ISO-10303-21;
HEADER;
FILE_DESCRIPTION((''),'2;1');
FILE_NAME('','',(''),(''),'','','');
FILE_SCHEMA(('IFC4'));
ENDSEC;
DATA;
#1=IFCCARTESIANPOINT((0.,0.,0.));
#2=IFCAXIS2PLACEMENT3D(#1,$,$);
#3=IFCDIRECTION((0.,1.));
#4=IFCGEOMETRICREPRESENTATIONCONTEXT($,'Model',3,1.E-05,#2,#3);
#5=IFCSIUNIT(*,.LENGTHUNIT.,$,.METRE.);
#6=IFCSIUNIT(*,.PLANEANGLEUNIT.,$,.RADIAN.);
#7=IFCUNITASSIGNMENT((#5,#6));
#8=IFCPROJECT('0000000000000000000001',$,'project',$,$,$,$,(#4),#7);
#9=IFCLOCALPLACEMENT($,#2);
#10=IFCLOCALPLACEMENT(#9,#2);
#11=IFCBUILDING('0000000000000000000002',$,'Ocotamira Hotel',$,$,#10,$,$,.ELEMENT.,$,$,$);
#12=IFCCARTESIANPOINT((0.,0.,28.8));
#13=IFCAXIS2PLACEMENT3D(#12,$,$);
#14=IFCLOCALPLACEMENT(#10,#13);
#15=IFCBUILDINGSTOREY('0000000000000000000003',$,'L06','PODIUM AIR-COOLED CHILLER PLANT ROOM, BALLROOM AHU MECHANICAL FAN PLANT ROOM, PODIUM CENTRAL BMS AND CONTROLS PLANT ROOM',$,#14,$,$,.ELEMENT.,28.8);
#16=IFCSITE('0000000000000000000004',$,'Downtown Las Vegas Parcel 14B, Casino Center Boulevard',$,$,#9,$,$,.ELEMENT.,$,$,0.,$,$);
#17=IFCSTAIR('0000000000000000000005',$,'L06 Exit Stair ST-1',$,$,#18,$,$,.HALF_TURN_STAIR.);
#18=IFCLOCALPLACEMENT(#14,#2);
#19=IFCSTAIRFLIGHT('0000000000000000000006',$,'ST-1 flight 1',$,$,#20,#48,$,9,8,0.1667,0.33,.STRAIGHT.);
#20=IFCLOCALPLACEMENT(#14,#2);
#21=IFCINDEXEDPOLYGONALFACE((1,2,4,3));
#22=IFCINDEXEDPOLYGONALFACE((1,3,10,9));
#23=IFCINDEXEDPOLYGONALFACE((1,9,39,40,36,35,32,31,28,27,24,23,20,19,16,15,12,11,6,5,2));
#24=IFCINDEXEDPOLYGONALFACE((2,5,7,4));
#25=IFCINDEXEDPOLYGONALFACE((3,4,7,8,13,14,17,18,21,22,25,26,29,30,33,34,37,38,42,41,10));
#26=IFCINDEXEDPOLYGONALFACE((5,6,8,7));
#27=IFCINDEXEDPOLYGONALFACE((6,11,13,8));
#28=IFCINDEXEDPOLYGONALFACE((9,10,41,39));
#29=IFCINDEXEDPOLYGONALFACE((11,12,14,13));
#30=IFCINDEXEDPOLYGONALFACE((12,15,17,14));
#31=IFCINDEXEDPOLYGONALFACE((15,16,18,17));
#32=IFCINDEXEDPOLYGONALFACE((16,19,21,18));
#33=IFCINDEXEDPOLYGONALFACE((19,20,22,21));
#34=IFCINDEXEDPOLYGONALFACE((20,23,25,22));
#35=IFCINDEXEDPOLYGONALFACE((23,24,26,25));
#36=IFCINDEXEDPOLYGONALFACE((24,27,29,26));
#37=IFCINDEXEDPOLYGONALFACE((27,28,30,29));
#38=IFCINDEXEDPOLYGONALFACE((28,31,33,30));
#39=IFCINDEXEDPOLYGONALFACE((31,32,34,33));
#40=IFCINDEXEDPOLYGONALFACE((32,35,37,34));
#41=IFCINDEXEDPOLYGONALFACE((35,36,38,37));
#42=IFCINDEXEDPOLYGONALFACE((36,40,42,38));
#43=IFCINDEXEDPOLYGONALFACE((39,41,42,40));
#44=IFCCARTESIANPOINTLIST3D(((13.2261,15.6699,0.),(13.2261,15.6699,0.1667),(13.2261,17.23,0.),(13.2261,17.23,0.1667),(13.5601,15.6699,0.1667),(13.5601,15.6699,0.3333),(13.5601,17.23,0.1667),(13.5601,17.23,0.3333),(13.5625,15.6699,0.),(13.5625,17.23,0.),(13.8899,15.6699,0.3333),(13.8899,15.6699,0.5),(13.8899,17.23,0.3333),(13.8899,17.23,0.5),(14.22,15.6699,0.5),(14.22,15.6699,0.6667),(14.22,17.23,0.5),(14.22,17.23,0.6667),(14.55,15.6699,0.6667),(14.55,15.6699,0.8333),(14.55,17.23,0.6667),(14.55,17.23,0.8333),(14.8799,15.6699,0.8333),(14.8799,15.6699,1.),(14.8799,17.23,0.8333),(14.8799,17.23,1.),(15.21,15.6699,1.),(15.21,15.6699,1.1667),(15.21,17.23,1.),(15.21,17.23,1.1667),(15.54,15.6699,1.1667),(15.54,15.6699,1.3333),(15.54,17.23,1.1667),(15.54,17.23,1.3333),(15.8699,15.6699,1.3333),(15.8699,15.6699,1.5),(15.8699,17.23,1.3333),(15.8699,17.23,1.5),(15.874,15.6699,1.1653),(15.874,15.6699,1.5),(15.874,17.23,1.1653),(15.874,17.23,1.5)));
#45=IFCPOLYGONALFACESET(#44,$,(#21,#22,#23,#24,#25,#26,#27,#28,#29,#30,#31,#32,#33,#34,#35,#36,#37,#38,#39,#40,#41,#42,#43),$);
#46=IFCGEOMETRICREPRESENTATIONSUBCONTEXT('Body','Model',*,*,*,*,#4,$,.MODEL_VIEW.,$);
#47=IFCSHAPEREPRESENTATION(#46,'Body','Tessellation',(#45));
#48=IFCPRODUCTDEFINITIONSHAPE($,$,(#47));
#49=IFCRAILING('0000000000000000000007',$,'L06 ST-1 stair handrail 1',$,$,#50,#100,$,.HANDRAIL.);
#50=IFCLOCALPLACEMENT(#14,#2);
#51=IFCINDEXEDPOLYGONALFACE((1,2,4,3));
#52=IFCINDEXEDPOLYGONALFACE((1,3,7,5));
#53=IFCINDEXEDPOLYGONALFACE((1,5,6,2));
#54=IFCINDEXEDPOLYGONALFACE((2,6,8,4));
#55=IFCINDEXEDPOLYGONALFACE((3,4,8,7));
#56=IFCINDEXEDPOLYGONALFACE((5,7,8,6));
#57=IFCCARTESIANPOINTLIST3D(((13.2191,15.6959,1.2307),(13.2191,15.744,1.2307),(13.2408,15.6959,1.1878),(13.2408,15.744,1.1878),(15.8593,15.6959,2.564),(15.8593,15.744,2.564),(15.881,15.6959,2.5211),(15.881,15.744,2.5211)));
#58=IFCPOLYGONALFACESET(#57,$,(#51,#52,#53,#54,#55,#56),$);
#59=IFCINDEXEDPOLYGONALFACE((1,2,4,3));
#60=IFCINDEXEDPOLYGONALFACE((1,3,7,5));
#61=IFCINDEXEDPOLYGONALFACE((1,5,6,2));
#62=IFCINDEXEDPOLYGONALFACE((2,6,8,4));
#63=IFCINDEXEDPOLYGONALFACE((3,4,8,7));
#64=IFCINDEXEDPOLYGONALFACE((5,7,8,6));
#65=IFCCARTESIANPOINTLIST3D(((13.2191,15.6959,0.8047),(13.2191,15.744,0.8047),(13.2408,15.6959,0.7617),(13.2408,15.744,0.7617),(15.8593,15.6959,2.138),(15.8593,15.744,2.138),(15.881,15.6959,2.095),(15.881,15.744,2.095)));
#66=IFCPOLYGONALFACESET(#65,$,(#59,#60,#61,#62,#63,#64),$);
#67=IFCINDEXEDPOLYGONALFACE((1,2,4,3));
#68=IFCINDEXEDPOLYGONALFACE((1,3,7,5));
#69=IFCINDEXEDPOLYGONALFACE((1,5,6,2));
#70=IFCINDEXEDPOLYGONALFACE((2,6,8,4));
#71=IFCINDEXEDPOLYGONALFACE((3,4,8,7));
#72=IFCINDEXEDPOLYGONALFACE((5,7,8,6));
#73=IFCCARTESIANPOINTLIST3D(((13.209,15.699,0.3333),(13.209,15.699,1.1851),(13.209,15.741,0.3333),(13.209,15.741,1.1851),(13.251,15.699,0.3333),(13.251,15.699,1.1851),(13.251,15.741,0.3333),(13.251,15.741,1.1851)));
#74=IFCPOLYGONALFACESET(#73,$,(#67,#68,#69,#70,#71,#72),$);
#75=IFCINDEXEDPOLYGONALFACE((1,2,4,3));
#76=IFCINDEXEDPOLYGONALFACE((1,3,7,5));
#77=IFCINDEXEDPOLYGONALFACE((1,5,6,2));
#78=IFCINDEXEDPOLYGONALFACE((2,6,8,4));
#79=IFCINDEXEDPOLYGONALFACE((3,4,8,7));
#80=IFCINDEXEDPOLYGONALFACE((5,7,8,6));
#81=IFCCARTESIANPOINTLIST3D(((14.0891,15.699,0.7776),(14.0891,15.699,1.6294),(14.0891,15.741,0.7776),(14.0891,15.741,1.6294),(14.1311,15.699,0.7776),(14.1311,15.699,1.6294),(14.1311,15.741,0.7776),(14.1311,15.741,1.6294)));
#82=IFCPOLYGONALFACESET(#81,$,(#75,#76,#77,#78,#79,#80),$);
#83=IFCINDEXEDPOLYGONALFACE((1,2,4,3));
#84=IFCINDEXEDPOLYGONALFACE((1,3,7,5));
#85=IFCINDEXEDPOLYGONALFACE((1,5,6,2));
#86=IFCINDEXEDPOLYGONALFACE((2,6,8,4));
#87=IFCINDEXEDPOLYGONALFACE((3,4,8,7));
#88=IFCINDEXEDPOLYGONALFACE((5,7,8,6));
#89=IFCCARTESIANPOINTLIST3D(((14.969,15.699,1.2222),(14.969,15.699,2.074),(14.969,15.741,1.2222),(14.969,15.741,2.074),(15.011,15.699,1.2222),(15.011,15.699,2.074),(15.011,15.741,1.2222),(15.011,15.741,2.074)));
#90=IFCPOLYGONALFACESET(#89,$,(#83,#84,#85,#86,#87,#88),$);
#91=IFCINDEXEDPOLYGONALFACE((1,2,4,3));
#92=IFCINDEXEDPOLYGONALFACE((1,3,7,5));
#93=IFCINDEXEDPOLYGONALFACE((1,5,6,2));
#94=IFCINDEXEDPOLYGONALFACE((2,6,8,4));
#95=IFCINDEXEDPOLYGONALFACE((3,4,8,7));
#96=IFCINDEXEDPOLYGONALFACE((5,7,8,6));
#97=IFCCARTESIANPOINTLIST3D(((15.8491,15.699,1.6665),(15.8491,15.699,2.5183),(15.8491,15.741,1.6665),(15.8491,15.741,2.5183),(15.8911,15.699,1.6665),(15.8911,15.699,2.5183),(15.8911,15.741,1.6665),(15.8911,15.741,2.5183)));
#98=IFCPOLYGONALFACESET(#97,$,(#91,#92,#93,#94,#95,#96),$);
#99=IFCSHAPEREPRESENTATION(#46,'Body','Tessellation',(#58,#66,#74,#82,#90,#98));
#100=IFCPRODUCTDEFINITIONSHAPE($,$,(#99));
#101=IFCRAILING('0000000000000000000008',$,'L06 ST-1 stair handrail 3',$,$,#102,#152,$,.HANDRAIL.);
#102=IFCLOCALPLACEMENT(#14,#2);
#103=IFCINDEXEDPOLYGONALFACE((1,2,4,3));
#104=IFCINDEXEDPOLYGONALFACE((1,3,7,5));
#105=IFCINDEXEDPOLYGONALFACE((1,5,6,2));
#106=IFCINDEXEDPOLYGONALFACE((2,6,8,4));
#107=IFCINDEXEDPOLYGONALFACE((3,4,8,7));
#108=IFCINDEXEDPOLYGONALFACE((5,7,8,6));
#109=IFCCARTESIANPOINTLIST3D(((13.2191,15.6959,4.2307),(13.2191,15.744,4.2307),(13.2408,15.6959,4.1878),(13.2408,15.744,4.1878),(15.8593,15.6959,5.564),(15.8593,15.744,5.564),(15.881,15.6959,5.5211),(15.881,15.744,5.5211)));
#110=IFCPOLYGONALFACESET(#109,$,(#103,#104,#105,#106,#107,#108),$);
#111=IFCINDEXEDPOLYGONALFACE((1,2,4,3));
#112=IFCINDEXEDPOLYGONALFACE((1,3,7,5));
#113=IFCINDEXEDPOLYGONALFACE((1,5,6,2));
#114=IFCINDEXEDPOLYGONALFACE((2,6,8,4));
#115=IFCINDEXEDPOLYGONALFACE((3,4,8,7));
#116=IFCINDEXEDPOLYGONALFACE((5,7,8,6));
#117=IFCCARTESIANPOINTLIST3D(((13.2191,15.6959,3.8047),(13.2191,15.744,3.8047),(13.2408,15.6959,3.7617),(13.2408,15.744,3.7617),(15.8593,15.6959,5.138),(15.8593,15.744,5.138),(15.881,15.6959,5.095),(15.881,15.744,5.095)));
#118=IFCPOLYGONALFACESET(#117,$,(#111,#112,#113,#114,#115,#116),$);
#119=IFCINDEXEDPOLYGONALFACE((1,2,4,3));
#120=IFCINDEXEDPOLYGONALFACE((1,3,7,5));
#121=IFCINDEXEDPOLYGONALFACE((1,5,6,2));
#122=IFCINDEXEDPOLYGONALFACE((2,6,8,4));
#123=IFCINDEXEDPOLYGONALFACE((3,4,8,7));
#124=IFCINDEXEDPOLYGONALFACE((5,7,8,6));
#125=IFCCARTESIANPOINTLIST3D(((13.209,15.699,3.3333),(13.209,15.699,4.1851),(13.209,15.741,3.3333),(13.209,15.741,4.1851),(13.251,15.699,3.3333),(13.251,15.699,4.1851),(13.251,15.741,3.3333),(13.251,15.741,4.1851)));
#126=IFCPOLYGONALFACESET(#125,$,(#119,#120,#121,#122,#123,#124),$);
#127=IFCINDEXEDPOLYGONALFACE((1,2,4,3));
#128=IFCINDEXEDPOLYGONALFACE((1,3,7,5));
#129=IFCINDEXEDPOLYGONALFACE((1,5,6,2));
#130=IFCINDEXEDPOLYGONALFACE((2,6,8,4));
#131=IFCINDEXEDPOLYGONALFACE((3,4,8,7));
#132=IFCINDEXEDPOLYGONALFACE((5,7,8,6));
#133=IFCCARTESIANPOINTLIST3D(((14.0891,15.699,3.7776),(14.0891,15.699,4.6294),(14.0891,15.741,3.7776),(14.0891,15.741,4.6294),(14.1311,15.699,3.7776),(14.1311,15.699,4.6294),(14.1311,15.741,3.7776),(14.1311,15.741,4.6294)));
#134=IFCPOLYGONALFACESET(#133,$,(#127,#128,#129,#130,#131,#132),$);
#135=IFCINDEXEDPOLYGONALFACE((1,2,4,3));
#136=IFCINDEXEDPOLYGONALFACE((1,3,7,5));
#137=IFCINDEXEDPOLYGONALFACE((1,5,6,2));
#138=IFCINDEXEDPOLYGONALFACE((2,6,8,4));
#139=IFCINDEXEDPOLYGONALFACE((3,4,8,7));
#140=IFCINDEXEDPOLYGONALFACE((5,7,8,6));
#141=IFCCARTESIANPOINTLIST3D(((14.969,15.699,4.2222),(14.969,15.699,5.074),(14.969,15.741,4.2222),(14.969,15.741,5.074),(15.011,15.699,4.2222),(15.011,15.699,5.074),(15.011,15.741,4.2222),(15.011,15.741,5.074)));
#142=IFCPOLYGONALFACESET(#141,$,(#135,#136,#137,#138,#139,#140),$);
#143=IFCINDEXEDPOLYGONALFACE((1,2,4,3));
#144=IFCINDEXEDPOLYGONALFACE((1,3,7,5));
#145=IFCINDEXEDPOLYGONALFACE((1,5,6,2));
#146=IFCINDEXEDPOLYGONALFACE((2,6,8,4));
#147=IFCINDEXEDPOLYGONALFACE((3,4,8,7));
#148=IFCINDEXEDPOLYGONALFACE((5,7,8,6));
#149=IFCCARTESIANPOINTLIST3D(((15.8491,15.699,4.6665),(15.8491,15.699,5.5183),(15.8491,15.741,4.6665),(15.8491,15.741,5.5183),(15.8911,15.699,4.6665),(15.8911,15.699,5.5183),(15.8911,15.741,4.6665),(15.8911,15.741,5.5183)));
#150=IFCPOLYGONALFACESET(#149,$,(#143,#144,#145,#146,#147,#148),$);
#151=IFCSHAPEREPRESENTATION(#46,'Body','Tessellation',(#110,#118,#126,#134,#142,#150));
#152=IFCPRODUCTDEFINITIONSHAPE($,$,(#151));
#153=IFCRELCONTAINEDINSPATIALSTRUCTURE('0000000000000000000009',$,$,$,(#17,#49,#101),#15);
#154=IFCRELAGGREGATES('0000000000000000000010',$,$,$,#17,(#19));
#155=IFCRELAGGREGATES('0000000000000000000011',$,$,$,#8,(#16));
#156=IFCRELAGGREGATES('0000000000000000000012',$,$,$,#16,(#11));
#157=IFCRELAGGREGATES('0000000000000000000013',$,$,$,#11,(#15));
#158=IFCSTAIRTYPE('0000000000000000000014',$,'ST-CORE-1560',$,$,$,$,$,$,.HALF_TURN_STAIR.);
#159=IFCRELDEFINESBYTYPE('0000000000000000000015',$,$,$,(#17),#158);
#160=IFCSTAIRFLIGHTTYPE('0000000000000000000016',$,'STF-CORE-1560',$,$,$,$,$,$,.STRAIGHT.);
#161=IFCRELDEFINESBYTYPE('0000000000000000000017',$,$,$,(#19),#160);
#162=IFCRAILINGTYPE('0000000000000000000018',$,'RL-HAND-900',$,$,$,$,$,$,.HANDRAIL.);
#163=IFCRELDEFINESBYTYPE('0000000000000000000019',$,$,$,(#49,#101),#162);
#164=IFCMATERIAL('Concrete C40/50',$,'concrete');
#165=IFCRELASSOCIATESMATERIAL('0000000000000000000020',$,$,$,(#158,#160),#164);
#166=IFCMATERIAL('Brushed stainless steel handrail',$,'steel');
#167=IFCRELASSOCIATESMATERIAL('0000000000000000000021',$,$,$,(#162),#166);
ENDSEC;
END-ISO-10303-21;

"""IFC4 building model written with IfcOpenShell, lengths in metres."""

from ifc_helpers import new_model, si_unit, direction, frame, origin, origin_2d, place, context, subcontext, project, spatial, polyline, rectangle, outline, extrude, source, transform, mapped, material, type_object, element, aggregate, save


model = new_model("IFC4")

# Units and contexts
model_context = context("Model", 3, precision=1e-05, world=origin(), true_north=direction((0.0, 1.0)))
body_context = subcontext(model_context, "Body", "Model", "MODEL_VIEW")
ifc_project = project(units=[si_unit("LENGTHUNIT", "METRE"), si_unit("PLANEANGLEUNIT", "RADIAN")], contexts=[model_context])

# Site, building, storey
site_placement = place(None, origin())
site = spatial("IfcSite", under=ifc_project, at=site_placement, Name="Downtown Las Vegas Parcel 14B, Casino Center Boulevard", CompositionType="ELEMENT", RefElevation=0.0)
building_placement = place(site_placement, origin())
building = spatial("IfcBuilding", under=site, at=building_placement, Name="Ocotamira Hotel", CompositionType="ELEMENT")
storey_placement = place(building_placement, frame((0.0, 0.0, 28.8)))
storey = spatial("IfcBuildingStorey", under=building, at=storey_placement, Name="L06", Description="PODIUM AIR-COOLED CHILLER PLANT ROOM, BALLROOM AHU MECHANICAL FAN PLANT ROOM, PODIUM CENTRAL BMS AND CONTROLS PLANT ROOM", CompositionType="ELEMENT", Elevation=28.8)

# Stair, stair flight
ifc_material_1 = material(Name="Concrete C40/50", Category="concrete")
stair_type = type_object("IfcStairType", Name="ST-CORE-1560", PredefinedType="HALF_TURN_STAIR", material=ifc_material_1)
stair_placement = place(storey_placement, origin())
stair = element("IfcStair", 1, at=stair_placement, inside=storey, type_object=stair_type, Name="L06 Exit Stair ST-1", PredefinedType="HALF_TURN_STAIR")
stair_flight_type = type_object("IfcStairFlightType", Name="STF-CORE-1560", PredefinedType="STRAIGHT", material=ifc_material_1)
shared_shape_1 = source(origin(), body_context, "Body", "SweptSolid", [
    extrude(outline(polyline([(-0.0039, 0.0), (-0.0039, 0.1667), (0.3301, 0.1667), (0.3301, 0.3333), (0.6599, 0.3333), (0.6599, 0.5), (0.99, 0.5), (0.99, 0.6667), (1.3201, 0.6667), (1.3201, 0.8333), (1.6499, 0.8333), (1.6499, 1.0), (1.98, 1.0), (1.98, 1.1667), (2.3101, 1.1667), (2.3101, 1.3333), (2.6399, 1.3333), (2.6399, 1.5), (2.644, 1.5), (2.644, 1.1653), (0.3325, 0.0), (-0.0039, 0.0)])), frame((0.0, 0.78, 0.0), z_axis=(0.0, -1.0, 0.0), x_axis=(1.0, 0.0, 0.0)), (0.0, 0.0, 1.0), 1.5601),
])
stair_flight_placement = place(storey_placement, frame((13.23, 16.45, 0.0), z_axis=(0.0, 0.0, 1.0), x_axis=(1.0, 0.0, 0.0)))
stair_flight = element("IfcStairFlight", 2, at=stair_flight_placement, type_object=stair_flight_type, Name="ST-1 flight 1", NumberOfRisers=9, NumberOfTreads=8, PredefinedType="STRAIGHT", RiserHeight=0.1667, TreadLength=0.33, context=body_context, shape_type="MappedRepresentation", body=[
    mapped(shared_shape_1, transform((0.0, 0.0, 0.0), scale=1.0)),
])
aggregate(stair, [stair_flight])

# Railings
ifc_material_2 = material(Name="Brushed stainless steel handrail", Category="steel")
railing_type = type_object("IfcRailingType", Name="RL-HAND-900", PredefinedType="HANDRAIL", material=ifc_material_2)
for number, where, name in (
    (3, (13.23, 15.72, 0.3333), "L06 ST-1 stair handrail 1"),
    (4, (13.23, 15.72, 3.3333), "L06 ST-1 stair handrail 3"),
):
    element("IfcRailing", number, at=place(storey_placement, frame(where)), inside=storey, type_object=railing_type, Name=name, PredefinedType="HANDRAIL", context=body_context, shape_type="SweptSolid", body=[
        extrude(rectangle(XDim=0.0481, YDim=0.0481, at=origin_2d()), frame((0.0, 0.0, 0.876), z_axis=(0.892637, 0.0, 0.450776), x_axis=(0.0, 1.0, 0.0)), (0.0, 0.0, 1.0), 2.9578),
        extrude(rectangle(XDim=0.0481, YDim=0.0481, at=origin_2d()), frame((0.0, 0.0, 0.45), z_axis=(0.892637, 0.0, 0.450776), x_axis=(0.0, 1.0, 0.0)), (0.0, 0.0, 1.0), 2.9578),
        extrude(rectangle(XDim=0.042, YDim=0.042, at=origin_2d()), origin(), (0.0, 0.0, 1.0), 0.8518),
        extrude(rectangle(XDim=0.042, YDim=0.042, at=origin_2d()), frame((0.8801, 0.0, 0.4443)), (0.0, 0.0, 1.0), 0.8518),
        extrude(rectangle(XDim=0.042, YDim=0.042, at=origin_2d()), frame((1.76, 0.0, 0.8889)), (0.0, 0.0, 1.0), 0.8518),
        extrude(rectangle(XDim=0.042, YDim=0.042, at=origin_2d()), frame((2.6401, 0.0, 1.3333)), (0.0, 0.0, 1.0), 0.8518),
    ])

save(model, "model.ifc")
